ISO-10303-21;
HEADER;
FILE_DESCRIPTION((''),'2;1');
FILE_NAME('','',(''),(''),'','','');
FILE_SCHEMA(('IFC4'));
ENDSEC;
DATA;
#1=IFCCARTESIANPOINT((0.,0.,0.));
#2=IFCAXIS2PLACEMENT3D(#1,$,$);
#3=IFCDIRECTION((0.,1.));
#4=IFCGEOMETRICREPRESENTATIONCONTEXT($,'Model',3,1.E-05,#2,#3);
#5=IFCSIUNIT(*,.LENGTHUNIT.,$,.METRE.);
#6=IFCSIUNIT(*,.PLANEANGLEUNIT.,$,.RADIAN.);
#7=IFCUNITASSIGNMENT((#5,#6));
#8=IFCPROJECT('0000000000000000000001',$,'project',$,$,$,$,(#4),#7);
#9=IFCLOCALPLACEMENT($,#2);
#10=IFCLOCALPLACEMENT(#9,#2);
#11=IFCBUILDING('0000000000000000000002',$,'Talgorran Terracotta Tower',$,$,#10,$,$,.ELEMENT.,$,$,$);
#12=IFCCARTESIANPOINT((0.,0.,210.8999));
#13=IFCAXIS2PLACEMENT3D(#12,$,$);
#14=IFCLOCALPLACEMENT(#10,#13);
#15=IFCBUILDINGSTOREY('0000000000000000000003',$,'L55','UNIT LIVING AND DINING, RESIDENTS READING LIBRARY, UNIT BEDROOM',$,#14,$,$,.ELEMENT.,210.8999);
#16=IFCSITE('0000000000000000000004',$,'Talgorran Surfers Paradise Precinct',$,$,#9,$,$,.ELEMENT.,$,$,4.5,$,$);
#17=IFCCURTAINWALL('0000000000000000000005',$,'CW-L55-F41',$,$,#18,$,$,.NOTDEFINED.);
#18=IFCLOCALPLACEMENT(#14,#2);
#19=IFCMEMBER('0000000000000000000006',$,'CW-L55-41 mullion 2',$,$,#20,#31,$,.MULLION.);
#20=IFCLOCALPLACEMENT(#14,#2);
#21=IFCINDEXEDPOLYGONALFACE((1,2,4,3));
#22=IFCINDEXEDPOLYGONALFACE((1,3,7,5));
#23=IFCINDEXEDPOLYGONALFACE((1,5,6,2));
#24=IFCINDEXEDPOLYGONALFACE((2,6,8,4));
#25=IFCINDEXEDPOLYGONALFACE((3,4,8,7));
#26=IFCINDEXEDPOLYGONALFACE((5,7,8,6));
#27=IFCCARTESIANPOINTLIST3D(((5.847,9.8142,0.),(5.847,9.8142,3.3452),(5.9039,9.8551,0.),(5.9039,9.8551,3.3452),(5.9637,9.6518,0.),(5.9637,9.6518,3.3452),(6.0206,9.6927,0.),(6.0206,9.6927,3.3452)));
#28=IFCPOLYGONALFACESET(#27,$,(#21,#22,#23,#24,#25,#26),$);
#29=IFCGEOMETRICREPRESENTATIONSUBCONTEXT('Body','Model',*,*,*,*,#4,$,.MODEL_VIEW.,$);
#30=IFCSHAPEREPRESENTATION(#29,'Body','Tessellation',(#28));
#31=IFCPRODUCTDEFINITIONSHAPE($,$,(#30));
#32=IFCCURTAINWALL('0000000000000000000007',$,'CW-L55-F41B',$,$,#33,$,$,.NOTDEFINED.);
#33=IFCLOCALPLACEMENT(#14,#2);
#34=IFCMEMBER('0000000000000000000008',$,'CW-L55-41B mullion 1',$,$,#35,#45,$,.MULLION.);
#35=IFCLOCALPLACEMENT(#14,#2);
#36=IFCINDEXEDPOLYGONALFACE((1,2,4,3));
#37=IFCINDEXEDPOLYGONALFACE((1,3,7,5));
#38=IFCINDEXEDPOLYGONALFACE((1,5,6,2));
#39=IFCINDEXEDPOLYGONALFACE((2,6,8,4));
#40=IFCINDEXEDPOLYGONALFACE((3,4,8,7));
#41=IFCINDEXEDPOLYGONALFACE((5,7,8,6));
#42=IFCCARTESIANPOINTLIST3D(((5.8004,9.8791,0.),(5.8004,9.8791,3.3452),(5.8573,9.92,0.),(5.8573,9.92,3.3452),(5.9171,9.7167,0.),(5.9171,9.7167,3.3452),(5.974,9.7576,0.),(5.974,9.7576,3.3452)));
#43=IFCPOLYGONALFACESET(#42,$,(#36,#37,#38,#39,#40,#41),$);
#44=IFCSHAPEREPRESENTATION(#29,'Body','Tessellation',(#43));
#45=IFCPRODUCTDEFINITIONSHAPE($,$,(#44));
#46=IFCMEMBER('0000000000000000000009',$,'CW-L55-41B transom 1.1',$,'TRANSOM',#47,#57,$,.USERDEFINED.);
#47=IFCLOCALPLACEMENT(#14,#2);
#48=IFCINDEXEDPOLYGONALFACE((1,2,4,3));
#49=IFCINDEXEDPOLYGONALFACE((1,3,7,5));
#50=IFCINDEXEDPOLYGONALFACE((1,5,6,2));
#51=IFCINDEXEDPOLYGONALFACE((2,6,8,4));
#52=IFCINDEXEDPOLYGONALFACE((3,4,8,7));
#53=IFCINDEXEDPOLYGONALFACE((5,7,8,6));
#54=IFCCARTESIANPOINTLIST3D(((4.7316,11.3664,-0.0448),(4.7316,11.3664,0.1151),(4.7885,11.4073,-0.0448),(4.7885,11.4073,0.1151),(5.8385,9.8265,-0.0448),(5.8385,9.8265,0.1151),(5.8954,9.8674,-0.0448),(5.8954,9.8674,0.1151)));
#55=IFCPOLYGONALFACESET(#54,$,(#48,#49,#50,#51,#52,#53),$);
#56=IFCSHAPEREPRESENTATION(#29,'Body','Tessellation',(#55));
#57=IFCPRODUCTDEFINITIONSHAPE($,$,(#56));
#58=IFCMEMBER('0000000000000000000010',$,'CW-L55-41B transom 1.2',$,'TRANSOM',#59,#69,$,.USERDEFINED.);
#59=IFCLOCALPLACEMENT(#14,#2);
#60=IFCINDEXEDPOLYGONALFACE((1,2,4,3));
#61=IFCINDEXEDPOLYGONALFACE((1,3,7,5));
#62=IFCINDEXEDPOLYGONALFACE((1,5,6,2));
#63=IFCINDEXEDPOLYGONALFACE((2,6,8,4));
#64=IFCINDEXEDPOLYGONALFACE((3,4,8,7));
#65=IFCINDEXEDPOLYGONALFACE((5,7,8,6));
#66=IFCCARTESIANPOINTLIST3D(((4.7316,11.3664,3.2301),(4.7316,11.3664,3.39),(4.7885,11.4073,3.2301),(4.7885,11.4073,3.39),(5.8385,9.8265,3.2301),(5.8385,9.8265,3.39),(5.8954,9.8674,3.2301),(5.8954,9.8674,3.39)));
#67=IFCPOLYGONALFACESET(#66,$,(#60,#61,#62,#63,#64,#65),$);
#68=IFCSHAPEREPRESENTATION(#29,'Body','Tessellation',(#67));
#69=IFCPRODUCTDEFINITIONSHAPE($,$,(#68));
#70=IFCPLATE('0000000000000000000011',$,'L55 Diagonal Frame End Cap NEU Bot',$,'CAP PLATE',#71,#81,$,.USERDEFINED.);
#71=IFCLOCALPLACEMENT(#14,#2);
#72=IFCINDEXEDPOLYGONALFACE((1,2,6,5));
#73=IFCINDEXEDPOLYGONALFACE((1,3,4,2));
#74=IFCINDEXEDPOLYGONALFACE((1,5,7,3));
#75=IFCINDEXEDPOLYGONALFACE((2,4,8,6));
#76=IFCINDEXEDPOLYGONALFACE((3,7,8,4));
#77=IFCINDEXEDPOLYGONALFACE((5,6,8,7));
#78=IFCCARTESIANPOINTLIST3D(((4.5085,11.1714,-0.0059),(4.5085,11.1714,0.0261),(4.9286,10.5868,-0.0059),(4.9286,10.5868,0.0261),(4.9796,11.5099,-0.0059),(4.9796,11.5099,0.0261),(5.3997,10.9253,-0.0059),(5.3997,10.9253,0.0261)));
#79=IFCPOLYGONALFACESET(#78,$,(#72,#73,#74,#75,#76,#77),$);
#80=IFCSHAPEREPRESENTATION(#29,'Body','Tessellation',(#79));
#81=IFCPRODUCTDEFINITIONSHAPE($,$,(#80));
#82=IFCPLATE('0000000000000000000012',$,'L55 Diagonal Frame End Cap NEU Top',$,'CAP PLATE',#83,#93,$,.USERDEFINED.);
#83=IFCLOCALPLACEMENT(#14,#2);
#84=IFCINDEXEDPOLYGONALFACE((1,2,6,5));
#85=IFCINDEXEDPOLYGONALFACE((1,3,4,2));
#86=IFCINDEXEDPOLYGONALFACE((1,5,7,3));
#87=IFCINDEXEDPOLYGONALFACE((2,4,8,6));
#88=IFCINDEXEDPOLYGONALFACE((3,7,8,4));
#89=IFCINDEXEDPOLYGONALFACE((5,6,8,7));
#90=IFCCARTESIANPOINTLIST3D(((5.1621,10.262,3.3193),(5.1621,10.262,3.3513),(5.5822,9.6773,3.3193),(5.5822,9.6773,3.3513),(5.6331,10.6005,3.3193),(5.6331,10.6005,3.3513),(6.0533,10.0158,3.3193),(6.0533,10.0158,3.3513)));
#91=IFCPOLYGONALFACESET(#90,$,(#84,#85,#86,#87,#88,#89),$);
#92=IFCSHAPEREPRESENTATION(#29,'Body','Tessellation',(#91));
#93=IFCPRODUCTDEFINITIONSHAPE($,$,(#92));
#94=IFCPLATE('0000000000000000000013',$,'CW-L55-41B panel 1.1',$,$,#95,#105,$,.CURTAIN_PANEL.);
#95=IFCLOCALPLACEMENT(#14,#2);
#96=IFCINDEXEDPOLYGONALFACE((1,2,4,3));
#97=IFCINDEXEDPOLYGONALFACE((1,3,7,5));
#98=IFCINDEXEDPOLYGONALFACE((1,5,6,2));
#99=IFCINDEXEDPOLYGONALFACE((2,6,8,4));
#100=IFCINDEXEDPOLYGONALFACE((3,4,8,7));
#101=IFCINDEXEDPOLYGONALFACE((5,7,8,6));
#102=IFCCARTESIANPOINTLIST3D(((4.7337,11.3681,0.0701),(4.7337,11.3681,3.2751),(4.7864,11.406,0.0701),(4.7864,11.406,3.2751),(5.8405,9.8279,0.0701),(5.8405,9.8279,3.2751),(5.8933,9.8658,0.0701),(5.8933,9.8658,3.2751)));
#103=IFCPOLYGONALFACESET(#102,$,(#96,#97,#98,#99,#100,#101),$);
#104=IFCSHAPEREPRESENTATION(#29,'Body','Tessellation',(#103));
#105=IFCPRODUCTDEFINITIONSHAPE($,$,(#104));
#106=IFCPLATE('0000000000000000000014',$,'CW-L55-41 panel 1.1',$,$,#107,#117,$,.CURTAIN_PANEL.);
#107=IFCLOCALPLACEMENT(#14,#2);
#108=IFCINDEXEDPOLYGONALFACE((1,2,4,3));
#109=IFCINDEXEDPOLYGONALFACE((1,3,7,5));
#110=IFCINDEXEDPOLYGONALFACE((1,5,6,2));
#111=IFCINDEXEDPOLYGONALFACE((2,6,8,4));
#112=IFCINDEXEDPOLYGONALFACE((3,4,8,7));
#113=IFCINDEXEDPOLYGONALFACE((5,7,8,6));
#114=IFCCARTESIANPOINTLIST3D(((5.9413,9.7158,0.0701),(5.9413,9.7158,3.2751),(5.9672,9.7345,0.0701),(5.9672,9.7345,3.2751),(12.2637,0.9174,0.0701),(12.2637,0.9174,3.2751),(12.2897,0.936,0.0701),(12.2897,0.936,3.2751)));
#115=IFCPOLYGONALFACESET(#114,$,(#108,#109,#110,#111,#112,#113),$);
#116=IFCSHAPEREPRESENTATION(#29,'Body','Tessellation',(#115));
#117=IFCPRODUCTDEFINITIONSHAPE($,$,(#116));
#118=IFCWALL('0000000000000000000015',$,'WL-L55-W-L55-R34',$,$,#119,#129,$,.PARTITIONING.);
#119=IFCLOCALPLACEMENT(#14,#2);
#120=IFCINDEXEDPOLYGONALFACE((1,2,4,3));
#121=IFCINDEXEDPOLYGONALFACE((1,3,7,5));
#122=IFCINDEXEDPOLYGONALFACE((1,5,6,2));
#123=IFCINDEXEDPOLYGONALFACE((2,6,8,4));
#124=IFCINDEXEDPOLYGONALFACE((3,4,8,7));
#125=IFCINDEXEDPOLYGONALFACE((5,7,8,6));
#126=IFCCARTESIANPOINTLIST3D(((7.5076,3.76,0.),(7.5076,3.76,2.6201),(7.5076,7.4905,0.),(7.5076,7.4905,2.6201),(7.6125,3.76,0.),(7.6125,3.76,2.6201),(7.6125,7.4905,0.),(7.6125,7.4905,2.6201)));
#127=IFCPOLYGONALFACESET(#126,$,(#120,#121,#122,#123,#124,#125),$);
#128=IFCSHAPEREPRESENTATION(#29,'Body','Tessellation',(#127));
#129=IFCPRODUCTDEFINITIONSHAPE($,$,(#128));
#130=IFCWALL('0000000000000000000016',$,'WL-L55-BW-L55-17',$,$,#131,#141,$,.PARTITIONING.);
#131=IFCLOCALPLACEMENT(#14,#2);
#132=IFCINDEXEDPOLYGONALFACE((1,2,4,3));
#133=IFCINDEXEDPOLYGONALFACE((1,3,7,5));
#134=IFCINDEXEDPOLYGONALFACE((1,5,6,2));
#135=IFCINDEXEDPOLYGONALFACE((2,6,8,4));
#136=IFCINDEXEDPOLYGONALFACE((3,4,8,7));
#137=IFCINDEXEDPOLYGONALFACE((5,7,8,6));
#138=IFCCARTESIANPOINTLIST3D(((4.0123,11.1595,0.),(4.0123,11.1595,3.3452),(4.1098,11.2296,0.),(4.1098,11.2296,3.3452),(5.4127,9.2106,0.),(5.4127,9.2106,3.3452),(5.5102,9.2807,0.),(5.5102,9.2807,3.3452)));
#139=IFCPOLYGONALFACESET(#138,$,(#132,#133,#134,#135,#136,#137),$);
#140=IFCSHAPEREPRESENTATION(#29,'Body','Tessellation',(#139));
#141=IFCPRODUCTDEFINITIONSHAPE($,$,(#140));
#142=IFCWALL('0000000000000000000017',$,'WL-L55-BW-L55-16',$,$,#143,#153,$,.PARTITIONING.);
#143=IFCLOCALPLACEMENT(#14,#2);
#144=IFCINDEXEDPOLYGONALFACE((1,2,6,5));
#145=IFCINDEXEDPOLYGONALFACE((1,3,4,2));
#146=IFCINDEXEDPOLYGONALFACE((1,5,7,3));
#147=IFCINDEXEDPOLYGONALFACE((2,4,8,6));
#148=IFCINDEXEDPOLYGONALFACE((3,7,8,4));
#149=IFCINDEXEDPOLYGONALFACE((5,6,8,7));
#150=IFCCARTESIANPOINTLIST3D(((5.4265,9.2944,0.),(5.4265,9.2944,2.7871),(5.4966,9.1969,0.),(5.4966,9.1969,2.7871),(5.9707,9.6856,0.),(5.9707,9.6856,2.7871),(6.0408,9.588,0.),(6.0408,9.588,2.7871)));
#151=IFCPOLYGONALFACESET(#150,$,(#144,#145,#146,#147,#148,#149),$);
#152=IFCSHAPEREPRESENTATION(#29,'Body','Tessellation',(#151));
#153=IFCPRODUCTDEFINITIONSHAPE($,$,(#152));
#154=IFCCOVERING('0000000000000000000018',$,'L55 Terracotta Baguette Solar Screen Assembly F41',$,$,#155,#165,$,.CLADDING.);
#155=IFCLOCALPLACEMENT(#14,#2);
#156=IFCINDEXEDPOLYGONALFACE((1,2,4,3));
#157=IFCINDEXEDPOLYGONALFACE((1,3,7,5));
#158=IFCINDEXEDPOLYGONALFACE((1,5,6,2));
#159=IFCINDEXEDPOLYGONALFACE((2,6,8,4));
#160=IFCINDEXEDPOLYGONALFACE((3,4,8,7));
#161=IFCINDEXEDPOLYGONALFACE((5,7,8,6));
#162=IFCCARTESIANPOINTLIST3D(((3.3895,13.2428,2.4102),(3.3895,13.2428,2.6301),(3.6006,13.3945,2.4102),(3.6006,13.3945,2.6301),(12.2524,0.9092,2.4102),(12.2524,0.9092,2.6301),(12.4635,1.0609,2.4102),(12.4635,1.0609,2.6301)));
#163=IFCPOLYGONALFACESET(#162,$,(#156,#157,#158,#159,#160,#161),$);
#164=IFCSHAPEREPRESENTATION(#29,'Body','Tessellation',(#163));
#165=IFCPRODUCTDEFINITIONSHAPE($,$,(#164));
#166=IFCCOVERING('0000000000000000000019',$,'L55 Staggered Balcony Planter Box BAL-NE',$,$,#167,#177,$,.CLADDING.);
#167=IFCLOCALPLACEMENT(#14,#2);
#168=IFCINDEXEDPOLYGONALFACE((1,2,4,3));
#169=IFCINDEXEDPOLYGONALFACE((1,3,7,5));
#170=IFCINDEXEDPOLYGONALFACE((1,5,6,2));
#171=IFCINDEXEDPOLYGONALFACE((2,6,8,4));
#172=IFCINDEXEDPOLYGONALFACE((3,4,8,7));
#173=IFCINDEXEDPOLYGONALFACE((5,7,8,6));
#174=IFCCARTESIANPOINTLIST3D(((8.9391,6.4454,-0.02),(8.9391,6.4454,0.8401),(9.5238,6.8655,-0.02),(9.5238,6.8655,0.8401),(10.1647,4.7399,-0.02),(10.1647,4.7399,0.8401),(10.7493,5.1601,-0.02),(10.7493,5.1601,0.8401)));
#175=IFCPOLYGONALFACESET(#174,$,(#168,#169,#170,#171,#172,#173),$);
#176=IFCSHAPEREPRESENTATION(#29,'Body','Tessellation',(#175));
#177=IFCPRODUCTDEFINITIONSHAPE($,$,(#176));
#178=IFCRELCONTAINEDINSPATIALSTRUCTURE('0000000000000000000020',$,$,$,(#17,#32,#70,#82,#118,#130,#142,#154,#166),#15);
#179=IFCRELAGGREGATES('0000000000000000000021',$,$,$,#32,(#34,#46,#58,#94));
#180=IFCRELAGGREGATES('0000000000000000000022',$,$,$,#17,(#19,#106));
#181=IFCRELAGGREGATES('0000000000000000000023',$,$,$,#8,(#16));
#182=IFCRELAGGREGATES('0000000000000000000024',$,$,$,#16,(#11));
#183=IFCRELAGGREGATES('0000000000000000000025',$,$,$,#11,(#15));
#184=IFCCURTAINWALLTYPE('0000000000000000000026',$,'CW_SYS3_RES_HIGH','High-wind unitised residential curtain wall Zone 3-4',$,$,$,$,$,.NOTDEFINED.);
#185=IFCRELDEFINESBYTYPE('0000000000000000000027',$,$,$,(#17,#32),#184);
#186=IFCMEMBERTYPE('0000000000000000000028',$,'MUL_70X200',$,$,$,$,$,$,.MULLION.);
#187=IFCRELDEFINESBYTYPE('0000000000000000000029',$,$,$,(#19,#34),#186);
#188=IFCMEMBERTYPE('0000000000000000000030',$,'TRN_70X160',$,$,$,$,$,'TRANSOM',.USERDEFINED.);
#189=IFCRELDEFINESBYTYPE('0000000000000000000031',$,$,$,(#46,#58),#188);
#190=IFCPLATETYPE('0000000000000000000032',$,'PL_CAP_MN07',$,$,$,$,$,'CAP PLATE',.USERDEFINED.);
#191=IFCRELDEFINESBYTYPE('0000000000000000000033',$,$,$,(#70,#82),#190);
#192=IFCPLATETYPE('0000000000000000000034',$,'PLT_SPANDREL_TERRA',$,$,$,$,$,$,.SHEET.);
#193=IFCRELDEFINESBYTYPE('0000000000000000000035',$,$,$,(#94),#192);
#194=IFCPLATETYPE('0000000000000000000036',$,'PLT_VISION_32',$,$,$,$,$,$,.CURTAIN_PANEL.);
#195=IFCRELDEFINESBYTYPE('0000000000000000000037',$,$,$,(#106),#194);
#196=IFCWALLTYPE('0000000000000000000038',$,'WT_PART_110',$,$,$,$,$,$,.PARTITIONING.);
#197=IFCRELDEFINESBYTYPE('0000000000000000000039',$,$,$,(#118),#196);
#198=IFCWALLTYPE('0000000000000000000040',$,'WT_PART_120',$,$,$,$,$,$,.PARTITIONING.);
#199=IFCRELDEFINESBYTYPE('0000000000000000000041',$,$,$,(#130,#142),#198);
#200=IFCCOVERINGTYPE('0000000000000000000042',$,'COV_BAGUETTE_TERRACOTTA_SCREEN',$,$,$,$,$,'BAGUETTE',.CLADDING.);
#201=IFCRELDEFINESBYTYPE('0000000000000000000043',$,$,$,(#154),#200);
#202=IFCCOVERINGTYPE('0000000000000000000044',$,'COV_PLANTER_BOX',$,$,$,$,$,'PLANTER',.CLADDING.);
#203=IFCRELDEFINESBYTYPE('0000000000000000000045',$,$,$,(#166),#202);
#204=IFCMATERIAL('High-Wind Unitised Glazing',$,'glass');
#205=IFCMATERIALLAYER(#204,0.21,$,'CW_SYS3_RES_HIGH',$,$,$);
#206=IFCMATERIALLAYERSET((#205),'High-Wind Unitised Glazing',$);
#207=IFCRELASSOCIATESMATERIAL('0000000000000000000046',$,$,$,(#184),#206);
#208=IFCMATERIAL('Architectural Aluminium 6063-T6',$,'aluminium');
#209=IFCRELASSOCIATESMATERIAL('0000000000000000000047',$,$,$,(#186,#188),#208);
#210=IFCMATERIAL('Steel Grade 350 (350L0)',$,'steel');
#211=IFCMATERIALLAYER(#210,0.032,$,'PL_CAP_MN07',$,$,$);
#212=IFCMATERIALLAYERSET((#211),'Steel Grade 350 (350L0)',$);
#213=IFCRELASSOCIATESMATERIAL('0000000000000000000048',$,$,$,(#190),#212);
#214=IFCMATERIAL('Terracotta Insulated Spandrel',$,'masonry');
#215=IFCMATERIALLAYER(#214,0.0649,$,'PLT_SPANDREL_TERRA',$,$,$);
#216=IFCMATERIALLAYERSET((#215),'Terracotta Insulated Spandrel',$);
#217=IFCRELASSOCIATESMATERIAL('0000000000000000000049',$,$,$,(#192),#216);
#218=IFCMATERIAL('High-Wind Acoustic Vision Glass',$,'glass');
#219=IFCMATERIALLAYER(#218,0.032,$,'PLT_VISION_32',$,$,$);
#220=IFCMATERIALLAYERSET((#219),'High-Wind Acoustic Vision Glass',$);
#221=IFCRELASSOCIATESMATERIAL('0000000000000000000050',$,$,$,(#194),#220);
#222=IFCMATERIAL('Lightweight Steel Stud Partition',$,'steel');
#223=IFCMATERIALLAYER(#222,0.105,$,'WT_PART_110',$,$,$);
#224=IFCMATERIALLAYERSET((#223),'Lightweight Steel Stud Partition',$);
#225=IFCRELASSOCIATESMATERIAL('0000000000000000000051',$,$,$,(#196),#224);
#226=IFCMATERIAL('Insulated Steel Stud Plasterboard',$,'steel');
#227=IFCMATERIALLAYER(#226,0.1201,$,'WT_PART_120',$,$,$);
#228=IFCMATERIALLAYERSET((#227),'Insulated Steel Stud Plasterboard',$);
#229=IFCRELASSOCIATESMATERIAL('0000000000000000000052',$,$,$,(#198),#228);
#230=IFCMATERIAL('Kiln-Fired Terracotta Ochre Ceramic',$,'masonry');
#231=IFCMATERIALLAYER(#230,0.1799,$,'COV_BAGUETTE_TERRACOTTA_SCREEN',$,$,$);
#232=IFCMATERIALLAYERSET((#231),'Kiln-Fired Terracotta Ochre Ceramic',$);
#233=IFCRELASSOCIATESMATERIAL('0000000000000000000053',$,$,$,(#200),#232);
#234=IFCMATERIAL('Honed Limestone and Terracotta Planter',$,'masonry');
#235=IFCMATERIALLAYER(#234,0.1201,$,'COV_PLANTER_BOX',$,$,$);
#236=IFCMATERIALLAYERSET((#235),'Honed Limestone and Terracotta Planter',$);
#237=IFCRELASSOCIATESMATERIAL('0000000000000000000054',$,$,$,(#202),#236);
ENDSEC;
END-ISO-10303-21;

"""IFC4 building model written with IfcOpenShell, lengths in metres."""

from ifc_helpers import new_model, si_unit, direction, frame, frame_2d, origin, origin_2d, place, context, subcontext, project, spatial, rectangle, extrude, source, transform, mapped, material, layer, layer_set, material_profile, profile_set, type_object, type_shapes, element, aggregate, save


model = new_model("IFC4")

# Units and contexts
model_context = context("Model", 3, precision=1e-05, world=origin(), true_north=direction((0.0, 1.0)))
body_context = subcontext(model_context, "Body", "Model", "MODEL_VIEW")
ifc_project = project(units=[si_unit("LENGTHUNIT", "METRE"), si_unit("PLANEANGLEUNIT", "RADIAN")], contexts=[model_context])

# Site, building, storey
site_placement = place(None, origin())
site = spatial("IfcSite", under=ifc_project, at=site_placement, Name="Talgorran Surfers Paradise Precinct", CompositionType="ELEMENT", RefElevation=4.5)
building_placement = place(site_placement, origin())
building = spatial("IfcBuilding", under=site, at=building_placement, Name="Talgorran Terracotta Tower", CompositionType="ELEMENT")
storey_placement = place(building_placement, frame((0.0, 0.0, 210.8999)))
storey = spatial("IfcBuildingStorey", under=building, at=storey_placement, Name="L55", Description="UNIT LIVING AND DINING, RESIDENTS READING LIBRARY, UNIT BEDROOM", CompositionType="ELEMENT", Elevation=210.8999)

# Shared definitions
ifc_material_1 = material(Name="Steel Grade 350 (350L0)", Category="steel")

# Curtain wall, member
ifc_material_2 = material(Name="High-Wind Unitised Glazing", Category="glass")
ifc_layer_1 = layer(ifc_material_2, 0.21, Name="CW_SYS3_RES_HIGH")
ifc_layer_set_1 = layer_set([ifc_layer_1], Name="High-Wind Unitised Glazing")
curtain_wall_type = type_object("IfcCurtainWallType", Name="CW_SYS3_RES_HIGH", Description="High-wind unitised residential curtain wall Zone 3-4", PredefinedType="NOTDEFINED", material=ifc_layer_set_1)
curtain_wall_1_placement = place(storey_placement, origin())
curtain_wall_1 = element("IfcCurtainWall", 1, at=curtain_wall_1_placement, inside=storey, type_object=curtain_wall_type, Name="CW-L55-F41", PredefinedType="NOTDEFINED")
ifc_material_3 = material(Name="Architectural Aluminium 6063-T6", Category="aluminium")
ifc_material_profile_1 = material_profile(ifc_material_3, rectangle(XDim=0.0701, YDim=0.2, at=origin_2d()), Name="CWM70X200")
ifc_profile_set_1 = profile_set([ifc_material_profile_1], Name="Architectural Aluminium 6063-T6")
member_type_1 = type_object("IfcMemberType", Name="MUL_70X200", PredefinedType="MULLION", material=ifc_profile_set_1)
member_1_placement = place(storey_placement, frame((5.9338, 9.7534, 0.0), z_axis=(0.0, 0.0, 1.0), x_axis=(-0.812079, -0.583548, 0.0)))
member_1 = element("IfcMember", 2, at=member_1_placement, type_object=member_type_1, Name="CW-L55-41 mullion 2", PredefinedType="MULLION", context=body_context, shape_type="SweptSolid", body=[
    extrude(rectangle(XDim=0.0701, YDim=0.2, at=origin_2d()), origin(), (0.0, 0.0, 1.0), 3.3452),
])

# Curtain wall, members
curtain_wall_2_placement = place(storey_placement, origin())
curtain_wall_2 = element("IfcCurtainWall", 3, at=curtain_wall_2_placement, inside=storey, type_object=curtain_wall_type, Name="CW-L55-F41B", PredefinedType="NOTDEFINED")
member_2_placement = place(storey_placement, frame((5.8872, 9.8184, 0.0), z_axis=(0.0, 0.0, 1.0), x_axis=(-0.812071, -0.583558, 0.0)))
member_2 = element("IfcMember", 4, at=member_2_placement, type_object=member_type_1, Name="CW-L55-41B mullion 1", PredefinedType="MULLION", context=body_context, shape_type="SweptSolid", body=[
    extrude(rectangle(XDim=0.0701, YDim=0.2, at=origin_2d()), origin(), (0.0, 0.0, 1.0), 3.3452),
])
ifc_material_profile_2 = material_profile(ifc_material_3, rectangle(XDim=0.0701, YDim=0.1599, at=origin_2d()), Name="CWT70X160")
ifc_profile_set_2 = profile_set([ifc_material_profile_2], Name="Architectural Aluminium 6063-T6")
member_type_2 = type_object("IfcMemberType", Name="TRN_70X160", ElementType="TRANSOM", PredefinedType="USERDEFINED", material=ifc_profile_set_2)
member_3_placement = place(storey_placement, frame((5.8669, 9.8469, 0.0352), z_axis=(-0.583647, 0.812008, 0.0), x_axis=(-0.812008, -0.583647, 0.0)))
member_3 = element("IfcMember", 5, at=member_3_placement, type_object=member_type_2, Name="CW-L55-41B transom 1.1", ObjectType="TRANSOM", PredefinedType="USERDEFINED", context=body_context, shape_type="SweptSolid", body=[
    extrude(rectangle(XDim=0.0701, YDim=0.1599, at=origin_2d()), origin(), (0.0, 0.0, 1.0), 1.8965),
])
member_4_placement = place(storey_placement, frame((5.8669, 9.8469, 3.3101), z_axis=(-0.583647, 0.812008, 0.0), x_axis=(-0.812008, -0.583647, 0.0)))
member_4 = element("IfcMember", 6, at=member_4_placement, type_object=member_type_2, Name="CW-L55-41B transom 1.2", ObjectType="TRANSOM", PredefinedType="USERDEFINED", context=body_context, shape_type="SweptSolid", body=[
    extrude(rectangle(XDim=0.0701, YDim=0.1599, at=origin_2d()), origin(), (0.0, 0.0, 1.0), 1.8965),
])

# Plates
ifc_layer_2 = layer(ifc_material_1, 0.032, Name="PL_CAP_MN07")
ifc_layer_set_2 = layer_set([ifc_layer_2], Name="Steel Grade 350 (350L0)")
plate_type_1 = type_object("IfcPlateType", Name="PL_CAP_MN07", ElementType="CAP PLATE", PredefinedType="USERDEFINED", material=ifc_layer_set_2)
for number, where, z_axis, x_axis, name in (
    (7, (4.9541, 11.0483, -0.0059), (0.0, 0.0, 1.0), (0.583541, -0.812084, 0.0), "L55 Diagonal Frame End Cap NEU Bot"),
    (8, (5.6077, 10.1389, 3.3193), (0.0, 0.0, 1.0), (0.583541, -0.812084, 0.0), "L55 Diagonal Frame End Cap NEU Top"),
):
    element("IfcPlate", number, at=place(storey_placement, frame(where, z_axis=z_axis, x_axis=x_axis)), inside=storey, type_object=plate_type_1, Name=name, ObjectType="CAP PLATE", PredefinedType="USERDEFINED", context=body_context, shape_type="SweptSolid", body=[
        extrude(rectangle(XDim=0.72, YDim=0.5801, at=origin_2d()), origin(), (0.0, 0.0, 1.0), 0.032),
    ])

# Plates
ifc_material_4 = material(Name="Terracotta Insulated Spandrel", Category="masonry")
ifc_layer_3 = layer(ifc_material_4, 0.0649, Name="PLT_SPANDREL_TERRA")
ifc_layer_set_3 = layer_set([ifc_layer_3], Name="Terracotta Insulated Spandrel")
plate_type_2 = type_object("IfcPlateType", Name="PLT_SPANDREL_TERRA", PredefinedType="SHEET", material=ifc_layer_set_3)
shared_shape_1 = source(origin(), body_context, "Body", "SweptSolid", [
    extrude(rectangle(XDim=1.8967, YDim=0.0649, at=origin_2d()), origin(), (0.0, 0.0, 1.0), 3.2051),
])
type_shapes(plate_type_2, [shared_shape_1])
plate_1_placement = place(storey_placement, frame((5.3135, 10.6169, 0.0701), z_axis=(0.0, 0.0, 1.0), x_axis=(-0.583558, 0.812071, 0.0)))
plate_1 = element("IfcPlate", 9, at=plate_1_placement, type_object=plate_type_2, Name="CW-L55-41B panel 1.1", PredefinedType="CURTAIN_PANEL", context=body_context, shape_type="MappedRepresentation", body=[
    mapped(shared_shape_1, transform((0.0, 0.0, 0.0), scale=1.0)),
])
aggregate(curtain_wall_2, [member_2, member_3, member_4, plate_1])
ifc_material_5 = material(Name="High-Wind Acoustic Vision Glass", Category="glass")
ifc_layer_4 = layer(ifc_material_5, 0.032, Name="PLT_VISION_32")
ifc_layer_set_4 = layer_set([ifc_layer_4], Name="High-Wind Acoustic Vision Glass")
plate_type_3 = type_object("IfcPlateType", Name="PLT_VISION_32", PredefinedType="CURTAIN_PANEL", material=ifc_layer_set_4)
shared_shape_2 = source(origin(), body_context, "Body", "SweptSolid", [
    extrude(rectangle(XDim=10.8345, YDim=0.032, at=origin_2d()), origin(), (0.0, 0.0, 1.0), 3.2051),
])
type_shapes(plate_type_3, [shared_shape_2])
plate_2_placement = place(storey_placement, frame((9.1155, 5.3259, 0.0701), z_axis=(0.0, 0.0, 1.0), x_axis=(-0.583548, 0.812079, 0.0)))
plate_2 = element("IfcPlate", 10, at=plate_2_placement, type_object=plate_type_3, Name="CW-L55-41 panel 1.1", PredefinedType="CURTAIN_PANEL", context=body_context, shape_type="MappedRepresentation", body=[
    mapped(shared_shape_2, transform((0.0, 0.0, 0.0), scale=1.0)),
])
aggregate(curtain_wall_1, [member_1, plate_2])

# Walls
ifc_material_6 = material(Name="Lightweight Steel Stud Partition", Category="steel")
ifc_layer_5 = layer(ifc_material_6, 0.105, Name="WT_PART_110")
ifc_layer_set_5 = layer_set([ifc_layer_5], Name="Lightweight Steel Stud Partition")
wall_type_1 = type_object("IfcWallType", Name="WT_PART_110", PredefinedType="PARTITIONING", material=ifc_layer_set_5)
wall_1_placement = place(storey_placement, frame((7.5601, 3.76, 0.0), z_axis=(0.0, 0.0, 1.0), x_axis=(0.0, 1.0, 0.0)))
element("IfcWall", 11, at=wall_1_placement, inside=storey, type_object=wall_type_1, Name="WL-L55-W-L55-R34", PredefinedType="PARTITIONING", context=body_context, shape_type="SweptSolid", body=[
    extrude(rectangle(XDim=3.7305, YDim=0.105, at=frame_2d((1.8652, 0.0))), origin(), (0.0, 0.0, 1.0), 2.6201),
])
ifc_material_7 = material(Name="Insulated Steel Stud Plasterboard", Category="steel")
ifc_layer_6 = layer(ifc_material_7, 0.1201, Name="WT_PART_120")
ifc_layer_set_6 = layer_set([ifc_layer_6], Name="Insulated Steel Stud Plasterboard")
wall_type_2 = type_object("IfcWallType", Name="WT_PART_120", PredefinedType="PARTITIONING", material=ifc_layer_set_6)
wall_2_placement = place(storey_placement, frame((5.4614, 9.2456, 0.0), z_axis=(0.0, 0.0, 1.0), x_axis=(-0.583517, 0.812101, 0.0)))
element("IfcWall", 12, at=wall_2_placement, inside=storey, type_object=wall_type_2, Name="WL-L55-BW-L55-17", PredefinedType="PARTITIONING", context=body_context, shape_type="SweptSolid", body=[
    extrude(rectangle(XDim=2.3999, YDim=0.1201, at=frame_2d((1.2, 0.0))), origin(), (0.0, 0.0, 1.0), 3.3452),
])
wall_3_placement = place(storey_placement, frame((6.0056, 9.6367, 0.0), z_axis=(0.0, 0.0, 1.0), x_axis=(-0.812032, -0.583614, 0.0)))
element("IfcWall", 13, at=wall_3_placement, inside=storey, type_object=wall_type_2, Name="WL-L55-BW-L55-16", PredefinedType="PARTITIONING", context=body_context, shape_type="SweptSolid", body=[
    extrude(rectangle(XDim=0.6702, YDim=0.1201, at=frame_2d((0.335, 0.0))), origin(), (0.0, 0.0, 1.0), 2.7871),
])

# Coverings
ifc_material_8 = material(Name="Kiln-Fired Terracotta Ochre Ceramic", Category="masonry")
ifc_layer_7 = layer(ifc_material_8, 0.1799, Name="COV_BAGUETTE_TERRACOTTA_SCREEN")
ifc_layer_set_7 = layer_set([ifc_layer_7], Name="Kiln-Fired Terracotta Ochre Ceramic")
covering_type_1 = type_object("IfcCoveringType", Name="COV_BAGUETTE_TERRACOTTA_SCREEN", ElementType="BAGUETTE", PredefinedType="CLADDING", material=ifc_layer_set_7)
covering_1_placement = place(storey_placement, frame((7.9265, 7.1519, 2.4102), z_axis=(0.0, 0.0, 1.0), x_axis=(-0.583555, 0.812073, 0.0)))
element("IfcCovering", 14, at=covering_1_placement, inside=storey, type_object=covering_type_1, Name="L55 Terracotta Baguette Solar Screen Assembly F41", PredefinedType="CLADDING", context=body_context, shape_type="SweptSolid", body=[
    extrude(rectangle(XDim=15.1877, YDim=0.26, at=origin_2d()), origin(), (0.0, 0.0, 1.0), 0.22),
])
ifc_material_9 = material(Name="Honed Limestone and Terracotta Planter", Category="masonry")
ifc_layer_8 = layer(ifc_material_9, 0.1201, Name="COV_PLANTER_BOX")
ifc_layer_set_8 = layer_set([ifc_layer_8], Name="Honed Limestone and Terracotta Planter")
covering_type_2 = type_object("IfcCoveringType", Name="COV_PLANTER_BOX", ElementType="PLANTER", PredefinedType="CLADDING", material=ifc_layer_set_8)
covering_2_placement = place(storey_placement, frame((9.8442, 5.8027, -0.02), z_axis=(0.0, 0.0, 1.0), x_axis=(-0.583555, 0.812073, 0.0)))
element("IfcCovering", 15, at=covering_2_placement, inside=storey, type_object=covering_type_2, Name="L55 Staggered Balcony Planter Box BAL-NE", PredefinedType="CLADDING", context=body_context, shape_type="SweptSolid", body=[
    extrude(rectangle(XDim=2.1001, YDim=0.72, at=origin_2d()), origin(), (0.0, 0.0, 1.0), 0.8601),
])

save(model, "model.ifc")
